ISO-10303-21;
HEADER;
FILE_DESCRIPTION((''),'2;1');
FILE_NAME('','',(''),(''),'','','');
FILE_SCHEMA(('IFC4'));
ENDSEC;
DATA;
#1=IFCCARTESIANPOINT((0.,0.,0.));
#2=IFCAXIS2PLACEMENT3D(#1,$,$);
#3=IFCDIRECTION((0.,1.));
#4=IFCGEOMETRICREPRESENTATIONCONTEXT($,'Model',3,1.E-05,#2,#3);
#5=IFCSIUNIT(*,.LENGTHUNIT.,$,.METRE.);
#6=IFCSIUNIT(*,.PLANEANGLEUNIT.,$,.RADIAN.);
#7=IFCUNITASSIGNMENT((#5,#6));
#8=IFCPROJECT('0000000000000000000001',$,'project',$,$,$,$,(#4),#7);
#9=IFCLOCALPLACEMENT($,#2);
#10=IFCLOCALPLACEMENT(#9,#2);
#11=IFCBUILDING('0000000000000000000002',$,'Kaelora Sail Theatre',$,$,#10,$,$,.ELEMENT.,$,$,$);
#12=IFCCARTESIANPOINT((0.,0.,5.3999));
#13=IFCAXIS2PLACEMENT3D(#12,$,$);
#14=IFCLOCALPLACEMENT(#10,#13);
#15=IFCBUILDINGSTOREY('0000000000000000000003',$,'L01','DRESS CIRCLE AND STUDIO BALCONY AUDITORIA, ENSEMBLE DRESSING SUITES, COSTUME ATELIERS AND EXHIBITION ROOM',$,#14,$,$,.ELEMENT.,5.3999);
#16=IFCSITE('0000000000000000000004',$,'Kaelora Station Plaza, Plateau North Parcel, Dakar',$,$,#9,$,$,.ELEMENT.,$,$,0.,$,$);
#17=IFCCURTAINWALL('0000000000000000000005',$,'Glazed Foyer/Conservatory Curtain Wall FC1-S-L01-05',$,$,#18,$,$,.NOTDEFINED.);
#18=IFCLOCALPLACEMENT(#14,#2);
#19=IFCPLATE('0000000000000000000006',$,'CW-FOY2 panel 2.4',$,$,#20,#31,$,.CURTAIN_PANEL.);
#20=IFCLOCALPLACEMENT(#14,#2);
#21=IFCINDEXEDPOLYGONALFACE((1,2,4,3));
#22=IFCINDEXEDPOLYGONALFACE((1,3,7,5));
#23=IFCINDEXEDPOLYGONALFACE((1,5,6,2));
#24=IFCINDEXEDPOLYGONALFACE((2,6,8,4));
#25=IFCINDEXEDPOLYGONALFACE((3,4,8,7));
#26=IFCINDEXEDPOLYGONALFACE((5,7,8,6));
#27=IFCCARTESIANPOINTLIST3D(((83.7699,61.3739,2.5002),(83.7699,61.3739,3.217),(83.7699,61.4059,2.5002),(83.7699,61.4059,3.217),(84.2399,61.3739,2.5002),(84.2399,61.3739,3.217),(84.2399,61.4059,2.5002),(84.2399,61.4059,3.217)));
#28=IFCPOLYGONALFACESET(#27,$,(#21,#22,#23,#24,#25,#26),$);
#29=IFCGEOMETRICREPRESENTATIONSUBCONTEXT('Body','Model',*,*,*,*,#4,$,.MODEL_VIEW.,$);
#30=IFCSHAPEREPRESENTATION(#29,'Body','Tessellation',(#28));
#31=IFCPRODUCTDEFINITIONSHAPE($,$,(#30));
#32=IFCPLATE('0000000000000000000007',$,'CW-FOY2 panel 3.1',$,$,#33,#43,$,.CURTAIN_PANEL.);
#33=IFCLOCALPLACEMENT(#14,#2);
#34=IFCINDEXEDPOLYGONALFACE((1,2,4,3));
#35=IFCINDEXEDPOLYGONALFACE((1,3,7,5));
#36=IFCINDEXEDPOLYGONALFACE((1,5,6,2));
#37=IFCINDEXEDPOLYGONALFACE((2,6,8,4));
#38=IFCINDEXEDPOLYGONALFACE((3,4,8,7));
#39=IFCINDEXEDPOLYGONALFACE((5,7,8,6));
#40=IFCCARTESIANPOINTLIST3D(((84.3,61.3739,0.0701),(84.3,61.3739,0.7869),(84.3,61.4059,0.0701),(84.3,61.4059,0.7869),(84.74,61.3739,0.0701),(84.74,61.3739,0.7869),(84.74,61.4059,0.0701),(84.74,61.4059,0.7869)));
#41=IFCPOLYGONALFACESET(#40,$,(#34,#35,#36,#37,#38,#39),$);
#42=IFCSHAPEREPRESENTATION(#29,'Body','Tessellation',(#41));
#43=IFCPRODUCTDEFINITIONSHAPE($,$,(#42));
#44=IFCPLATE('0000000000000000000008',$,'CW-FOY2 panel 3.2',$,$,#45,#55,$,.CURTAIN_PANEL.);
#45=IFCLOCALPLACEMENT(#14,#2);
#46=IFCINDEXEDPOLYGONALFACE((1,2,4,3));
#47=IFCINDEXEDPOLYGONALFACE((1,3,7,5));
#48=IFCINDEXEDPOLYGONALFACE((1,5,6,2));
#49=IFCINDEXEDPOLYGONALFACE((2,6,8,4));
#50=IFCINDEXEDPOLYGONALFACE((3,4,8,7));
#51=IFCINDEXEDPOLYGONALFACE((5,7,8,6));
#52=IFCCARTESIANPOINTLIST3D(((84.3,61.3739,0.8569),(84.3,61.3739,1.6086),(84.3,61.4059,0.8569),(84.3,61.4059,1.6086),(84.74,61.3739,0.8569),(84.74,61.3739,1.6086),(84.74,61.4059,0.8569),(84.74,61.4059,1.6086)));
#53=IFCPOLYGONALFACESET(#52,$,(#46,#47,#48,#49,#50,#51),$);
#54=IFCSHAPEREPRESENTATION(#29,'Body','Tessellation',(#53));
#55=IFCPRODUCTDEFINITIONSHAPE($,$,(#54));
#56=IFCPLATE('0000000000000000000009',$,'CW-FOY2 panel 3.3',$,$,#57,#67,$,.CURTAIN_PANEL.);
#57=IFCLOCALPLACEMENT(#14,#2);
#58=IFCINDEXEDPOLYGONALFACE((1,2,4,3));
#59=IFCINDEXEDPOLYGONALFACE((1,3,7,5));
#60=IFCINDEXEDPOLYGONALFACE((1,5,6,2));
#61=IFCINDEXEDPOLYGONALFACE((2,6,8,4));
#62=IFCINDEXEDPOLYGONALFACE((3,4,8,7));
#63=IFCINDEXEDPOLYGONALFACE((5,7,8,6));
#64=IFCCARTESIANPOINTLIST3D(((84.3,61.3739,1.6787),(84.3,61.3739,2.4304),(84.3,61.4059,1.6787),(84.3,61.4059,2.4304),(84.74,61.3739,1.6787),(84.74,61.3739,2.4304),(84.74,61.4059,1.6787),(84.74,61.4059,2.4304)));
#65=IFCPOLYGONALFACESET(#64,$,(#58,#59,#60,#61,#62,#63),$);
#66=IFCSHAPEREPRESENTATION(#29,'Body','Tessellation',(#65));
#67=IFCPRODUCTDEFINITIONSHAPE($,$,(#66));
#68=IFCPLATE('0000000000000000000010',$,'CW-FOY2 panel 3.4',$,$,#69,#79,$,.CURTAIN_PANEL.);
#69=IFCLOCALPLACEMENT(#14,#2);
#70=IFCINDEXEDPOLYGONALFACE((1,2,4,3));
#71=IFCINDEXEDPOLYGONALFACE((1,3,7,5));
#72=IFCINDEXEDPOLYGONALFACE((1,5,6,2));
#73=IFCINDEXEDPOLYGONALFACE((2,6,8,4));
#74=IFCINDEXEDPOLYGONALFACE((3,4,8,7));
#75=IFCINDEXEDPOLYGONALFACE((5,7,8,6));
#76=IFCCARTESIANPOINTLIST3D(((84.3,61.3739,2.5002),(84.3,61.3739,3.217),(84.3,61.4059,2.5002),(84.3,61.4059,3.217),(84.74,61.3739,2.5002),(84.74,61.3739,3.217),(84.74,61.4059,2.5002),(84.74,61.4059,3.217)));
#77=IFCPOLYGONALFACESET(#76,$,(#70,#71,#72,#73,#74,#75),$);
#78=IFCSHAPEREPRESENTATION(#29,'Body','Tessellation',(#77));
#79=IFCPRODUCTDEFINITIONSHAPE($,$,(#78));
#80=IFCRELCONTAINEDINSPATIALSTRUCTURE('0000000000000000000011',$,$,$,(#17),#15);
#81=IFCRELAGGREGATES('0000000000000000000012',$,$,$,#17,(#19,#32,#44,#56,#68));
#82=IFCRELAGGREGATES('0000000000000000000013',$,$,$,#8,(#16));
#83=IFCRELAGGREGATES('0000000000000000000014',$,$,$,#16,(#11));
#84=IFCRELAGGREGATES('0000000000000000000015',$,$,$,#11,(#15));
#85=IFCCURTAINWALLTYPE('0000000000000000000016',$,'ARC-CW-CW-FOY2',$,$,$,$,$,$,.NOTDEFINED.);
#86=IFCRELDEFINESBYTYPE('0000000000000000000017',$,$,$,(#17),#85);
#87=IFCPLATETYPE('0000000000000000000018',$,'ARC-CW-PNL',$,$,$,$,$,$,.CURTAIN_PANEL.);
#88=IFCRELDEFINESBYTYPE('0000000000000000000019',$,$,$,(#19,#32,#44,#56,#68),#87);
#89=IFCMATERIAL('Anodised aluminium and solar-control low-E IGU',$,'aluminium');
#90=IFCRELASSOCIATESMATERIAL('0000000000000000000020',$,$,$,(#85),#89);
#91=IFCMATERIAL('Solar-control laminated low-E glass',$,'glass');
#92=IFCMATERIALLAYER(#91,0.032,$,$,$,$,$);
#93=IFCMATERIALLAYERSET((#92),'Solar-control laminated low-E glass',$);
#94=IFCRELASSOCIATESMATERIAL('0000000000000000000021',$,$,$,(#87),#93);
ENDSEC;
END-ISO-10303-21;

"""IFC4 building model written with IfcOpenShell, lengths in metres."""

from ifc_helpers import new_model, si_unit, direction, frame, origin, origin_2d, place, context, subcontext, project, spatial, rectangle, extrude, material, layer, layer_set, type_object, element, aggregate, save


model = new_model("IFC4")

# Units and contexts
model_context = context("Model", 3, precision=1e-05, world=origin(), true_north=direction((0.0, 1.0)))
body_context = subcontext(model_context, "Body", "Model", "MODEL_VIEW")
ifc_project = project(units=[si_unit("LENGTHUNIT", "METRE"), si_unit("PLANEANGLEUNIT", "RADIAN")], contexts=[model_context])

# Site, building, storey
site_placement = place(None, origin())
site = spatial("IfcSite", under=ifc_project, at=site_placement, Name="Kaelora Station Plaza, Plateau North Parcel, Dakar", CompositionType="ELEMENT", RefElevation=0.0)
building_placement = place(site_placement, origin())
building = spatial("IfcBuilding", under=site, at=building_placement, Name="Kaelora Sail Theatre", CompositionType="ELEMENT")
storey_placement = place(building_placement, frame((0.0, 0.0, 5.3999)))
storey = spatial("IfcBuildingStorey", under=building, at=storey_placement, Name="L01", Description="DRESS CIRCLE AND STUDIO BALCONY AUDITORIA, ENSEMBLE DRESSING SUITES, COSTUME ATELIERS AND EXHIBITION ROOM", CompositionType="ELEMENT", Elevation=5.3999)

# Curtain wall
ifc_material_1 = material(Name="Anodised aluminium and solar-control low-E IGU", Category="aluminium")
curtain_wall_type = type_object("IfcCurtainWallType", Name="ARC-CW-CW-FOY2", PredefinedType="NOTDEFINED", material=ifc_material_1)
curtain_wall_1_placement = place(storey_placement, origin())
curtain_wall_1 = element("IfcCurtainWall", 1, at=curtain_wall_1_placement, inside=storey, type_object=curtain_wall_type, Name="Glazed Foyer/Conservatory Curtain Wall FC1-S-L01-05", PredefinedType="NOTDEFINED")

# Plates
ifc_material_2 = material(Name="Solar-control laminated low-E glass", Category="glass")
ifc_layer = layer(ifc_material_2, 0.032)
ifc_layer_set = layer_set([ifc_layer], Name="Solar-control laminated low-E glass")
plate_type = type_object("IfcPlateType", Name="ARC-CW-PNL", PredefinedType="CURTAIN_PANEL", material=ifc_layer_set)
plate_1_placement = place(storey_placement, frame((84.0049, 61.3899, 2.5002), z_axis=(0.0, 0.0, 1.0), x_axis=(1.0, 0.0, 0.0)))
plate_1 = element("IfcPlate", 2, at=plate_1_placement, type_object=plate_type, Name="CW-FOY2 panel 2.4", PredefinedType="CURTAIN_PANEL", context=body_context, shape_type="SweptSolid", body=[
    extrude(rectangle(XDim=0.47, YDim=0.032, at=origin_2d()), origin(), (0.0, 0.0, 1.0), 0.7168),
])
plate_2_placement = place(storey_placement, frame((84.52, 61.3899, 0.0701), z_axis=(0.0, 0.0, 1.0), x_axis=(1.0, 0.0, 0.0)))
plate_2 = element("IfcPlate", 3, at=plate_2_placement, type_object=plate_type, Name="CW-FOY2 panel 3.1", PredefinedType="CURTAIN_PANEL", context=body_context, shape_type="SweptSolid", body=[
    extrude(rectangle(XDim=0.4399, YDim=0.032, at=origin_2d()), origin(), (0.0, 0.0, 1.0), 0.7168),
])
plate_3_placement = place(storey_placement, frame((84.52, 61.3899, 0.8569), z_axis=(0.0, 0.0, 1.0), x_axis=(1.0, 0.0, 0.0)))
plate_3 = element("IfcPlate", 4, at=plate_3_placement, type_object=plate_type, Name="CW-FOY2 panel 3.2", PredefinedType="CURTAIN_PANEL", context=body_context, shape_type="SweptSolid", body=[
    extrude(rectangle(XDim=0.4399, YDim=0.032, at=origin_2d()), origin(), (0.0, 0.0, 1.0), 0.7517),
])
plate_4_placement = place(storey_placement, frame((84.52, 61.3899, 1.6787), z_axis=(0.0, 0.0, 1.0), x_axis=(1.0, 0.0, 0.0)))
plate_4 = element("IfcPlate", 5, at=plate_4_placement, type_object=plate_type, Name="CW-FOY2 panel 3.3", PredefinedType="CURTAIN_PANEL", context=body_context, shape_type="SweptSolid", body=[
    extrude(rectangle(XDim=0.4399, YDim=0.032, at=origin_2d()), origin(), (0.0, 0.0, 1.0), 0.7517),
])
plate_5_placement = place(storey_placement, frame((84.52, 61.3899, 2.5002), z_axis=(0.0, 0.0, 1.0), x_axis=(1.0, 0.0, 0.0)))
plate_5 = element("IfcPlate", 6, at=plate_5_placement, type_object=plate_type, Name="CW-FOY2 panel 3.4", PredefinedType="CURTAIN_PANEL", context=body_context, shape_type="SweptSolid", body=[
    extrude(rectangle(XDim=0.4399, YDim=0.032, at=origin_2d()), origin(), (0.0, 0.0, 1.0), 0.7168),
])
aggregate(curtain_wall_1, [plate_1, plate_2, plate_3, plate_4, plate_5])

save(model, "model.ifc")
